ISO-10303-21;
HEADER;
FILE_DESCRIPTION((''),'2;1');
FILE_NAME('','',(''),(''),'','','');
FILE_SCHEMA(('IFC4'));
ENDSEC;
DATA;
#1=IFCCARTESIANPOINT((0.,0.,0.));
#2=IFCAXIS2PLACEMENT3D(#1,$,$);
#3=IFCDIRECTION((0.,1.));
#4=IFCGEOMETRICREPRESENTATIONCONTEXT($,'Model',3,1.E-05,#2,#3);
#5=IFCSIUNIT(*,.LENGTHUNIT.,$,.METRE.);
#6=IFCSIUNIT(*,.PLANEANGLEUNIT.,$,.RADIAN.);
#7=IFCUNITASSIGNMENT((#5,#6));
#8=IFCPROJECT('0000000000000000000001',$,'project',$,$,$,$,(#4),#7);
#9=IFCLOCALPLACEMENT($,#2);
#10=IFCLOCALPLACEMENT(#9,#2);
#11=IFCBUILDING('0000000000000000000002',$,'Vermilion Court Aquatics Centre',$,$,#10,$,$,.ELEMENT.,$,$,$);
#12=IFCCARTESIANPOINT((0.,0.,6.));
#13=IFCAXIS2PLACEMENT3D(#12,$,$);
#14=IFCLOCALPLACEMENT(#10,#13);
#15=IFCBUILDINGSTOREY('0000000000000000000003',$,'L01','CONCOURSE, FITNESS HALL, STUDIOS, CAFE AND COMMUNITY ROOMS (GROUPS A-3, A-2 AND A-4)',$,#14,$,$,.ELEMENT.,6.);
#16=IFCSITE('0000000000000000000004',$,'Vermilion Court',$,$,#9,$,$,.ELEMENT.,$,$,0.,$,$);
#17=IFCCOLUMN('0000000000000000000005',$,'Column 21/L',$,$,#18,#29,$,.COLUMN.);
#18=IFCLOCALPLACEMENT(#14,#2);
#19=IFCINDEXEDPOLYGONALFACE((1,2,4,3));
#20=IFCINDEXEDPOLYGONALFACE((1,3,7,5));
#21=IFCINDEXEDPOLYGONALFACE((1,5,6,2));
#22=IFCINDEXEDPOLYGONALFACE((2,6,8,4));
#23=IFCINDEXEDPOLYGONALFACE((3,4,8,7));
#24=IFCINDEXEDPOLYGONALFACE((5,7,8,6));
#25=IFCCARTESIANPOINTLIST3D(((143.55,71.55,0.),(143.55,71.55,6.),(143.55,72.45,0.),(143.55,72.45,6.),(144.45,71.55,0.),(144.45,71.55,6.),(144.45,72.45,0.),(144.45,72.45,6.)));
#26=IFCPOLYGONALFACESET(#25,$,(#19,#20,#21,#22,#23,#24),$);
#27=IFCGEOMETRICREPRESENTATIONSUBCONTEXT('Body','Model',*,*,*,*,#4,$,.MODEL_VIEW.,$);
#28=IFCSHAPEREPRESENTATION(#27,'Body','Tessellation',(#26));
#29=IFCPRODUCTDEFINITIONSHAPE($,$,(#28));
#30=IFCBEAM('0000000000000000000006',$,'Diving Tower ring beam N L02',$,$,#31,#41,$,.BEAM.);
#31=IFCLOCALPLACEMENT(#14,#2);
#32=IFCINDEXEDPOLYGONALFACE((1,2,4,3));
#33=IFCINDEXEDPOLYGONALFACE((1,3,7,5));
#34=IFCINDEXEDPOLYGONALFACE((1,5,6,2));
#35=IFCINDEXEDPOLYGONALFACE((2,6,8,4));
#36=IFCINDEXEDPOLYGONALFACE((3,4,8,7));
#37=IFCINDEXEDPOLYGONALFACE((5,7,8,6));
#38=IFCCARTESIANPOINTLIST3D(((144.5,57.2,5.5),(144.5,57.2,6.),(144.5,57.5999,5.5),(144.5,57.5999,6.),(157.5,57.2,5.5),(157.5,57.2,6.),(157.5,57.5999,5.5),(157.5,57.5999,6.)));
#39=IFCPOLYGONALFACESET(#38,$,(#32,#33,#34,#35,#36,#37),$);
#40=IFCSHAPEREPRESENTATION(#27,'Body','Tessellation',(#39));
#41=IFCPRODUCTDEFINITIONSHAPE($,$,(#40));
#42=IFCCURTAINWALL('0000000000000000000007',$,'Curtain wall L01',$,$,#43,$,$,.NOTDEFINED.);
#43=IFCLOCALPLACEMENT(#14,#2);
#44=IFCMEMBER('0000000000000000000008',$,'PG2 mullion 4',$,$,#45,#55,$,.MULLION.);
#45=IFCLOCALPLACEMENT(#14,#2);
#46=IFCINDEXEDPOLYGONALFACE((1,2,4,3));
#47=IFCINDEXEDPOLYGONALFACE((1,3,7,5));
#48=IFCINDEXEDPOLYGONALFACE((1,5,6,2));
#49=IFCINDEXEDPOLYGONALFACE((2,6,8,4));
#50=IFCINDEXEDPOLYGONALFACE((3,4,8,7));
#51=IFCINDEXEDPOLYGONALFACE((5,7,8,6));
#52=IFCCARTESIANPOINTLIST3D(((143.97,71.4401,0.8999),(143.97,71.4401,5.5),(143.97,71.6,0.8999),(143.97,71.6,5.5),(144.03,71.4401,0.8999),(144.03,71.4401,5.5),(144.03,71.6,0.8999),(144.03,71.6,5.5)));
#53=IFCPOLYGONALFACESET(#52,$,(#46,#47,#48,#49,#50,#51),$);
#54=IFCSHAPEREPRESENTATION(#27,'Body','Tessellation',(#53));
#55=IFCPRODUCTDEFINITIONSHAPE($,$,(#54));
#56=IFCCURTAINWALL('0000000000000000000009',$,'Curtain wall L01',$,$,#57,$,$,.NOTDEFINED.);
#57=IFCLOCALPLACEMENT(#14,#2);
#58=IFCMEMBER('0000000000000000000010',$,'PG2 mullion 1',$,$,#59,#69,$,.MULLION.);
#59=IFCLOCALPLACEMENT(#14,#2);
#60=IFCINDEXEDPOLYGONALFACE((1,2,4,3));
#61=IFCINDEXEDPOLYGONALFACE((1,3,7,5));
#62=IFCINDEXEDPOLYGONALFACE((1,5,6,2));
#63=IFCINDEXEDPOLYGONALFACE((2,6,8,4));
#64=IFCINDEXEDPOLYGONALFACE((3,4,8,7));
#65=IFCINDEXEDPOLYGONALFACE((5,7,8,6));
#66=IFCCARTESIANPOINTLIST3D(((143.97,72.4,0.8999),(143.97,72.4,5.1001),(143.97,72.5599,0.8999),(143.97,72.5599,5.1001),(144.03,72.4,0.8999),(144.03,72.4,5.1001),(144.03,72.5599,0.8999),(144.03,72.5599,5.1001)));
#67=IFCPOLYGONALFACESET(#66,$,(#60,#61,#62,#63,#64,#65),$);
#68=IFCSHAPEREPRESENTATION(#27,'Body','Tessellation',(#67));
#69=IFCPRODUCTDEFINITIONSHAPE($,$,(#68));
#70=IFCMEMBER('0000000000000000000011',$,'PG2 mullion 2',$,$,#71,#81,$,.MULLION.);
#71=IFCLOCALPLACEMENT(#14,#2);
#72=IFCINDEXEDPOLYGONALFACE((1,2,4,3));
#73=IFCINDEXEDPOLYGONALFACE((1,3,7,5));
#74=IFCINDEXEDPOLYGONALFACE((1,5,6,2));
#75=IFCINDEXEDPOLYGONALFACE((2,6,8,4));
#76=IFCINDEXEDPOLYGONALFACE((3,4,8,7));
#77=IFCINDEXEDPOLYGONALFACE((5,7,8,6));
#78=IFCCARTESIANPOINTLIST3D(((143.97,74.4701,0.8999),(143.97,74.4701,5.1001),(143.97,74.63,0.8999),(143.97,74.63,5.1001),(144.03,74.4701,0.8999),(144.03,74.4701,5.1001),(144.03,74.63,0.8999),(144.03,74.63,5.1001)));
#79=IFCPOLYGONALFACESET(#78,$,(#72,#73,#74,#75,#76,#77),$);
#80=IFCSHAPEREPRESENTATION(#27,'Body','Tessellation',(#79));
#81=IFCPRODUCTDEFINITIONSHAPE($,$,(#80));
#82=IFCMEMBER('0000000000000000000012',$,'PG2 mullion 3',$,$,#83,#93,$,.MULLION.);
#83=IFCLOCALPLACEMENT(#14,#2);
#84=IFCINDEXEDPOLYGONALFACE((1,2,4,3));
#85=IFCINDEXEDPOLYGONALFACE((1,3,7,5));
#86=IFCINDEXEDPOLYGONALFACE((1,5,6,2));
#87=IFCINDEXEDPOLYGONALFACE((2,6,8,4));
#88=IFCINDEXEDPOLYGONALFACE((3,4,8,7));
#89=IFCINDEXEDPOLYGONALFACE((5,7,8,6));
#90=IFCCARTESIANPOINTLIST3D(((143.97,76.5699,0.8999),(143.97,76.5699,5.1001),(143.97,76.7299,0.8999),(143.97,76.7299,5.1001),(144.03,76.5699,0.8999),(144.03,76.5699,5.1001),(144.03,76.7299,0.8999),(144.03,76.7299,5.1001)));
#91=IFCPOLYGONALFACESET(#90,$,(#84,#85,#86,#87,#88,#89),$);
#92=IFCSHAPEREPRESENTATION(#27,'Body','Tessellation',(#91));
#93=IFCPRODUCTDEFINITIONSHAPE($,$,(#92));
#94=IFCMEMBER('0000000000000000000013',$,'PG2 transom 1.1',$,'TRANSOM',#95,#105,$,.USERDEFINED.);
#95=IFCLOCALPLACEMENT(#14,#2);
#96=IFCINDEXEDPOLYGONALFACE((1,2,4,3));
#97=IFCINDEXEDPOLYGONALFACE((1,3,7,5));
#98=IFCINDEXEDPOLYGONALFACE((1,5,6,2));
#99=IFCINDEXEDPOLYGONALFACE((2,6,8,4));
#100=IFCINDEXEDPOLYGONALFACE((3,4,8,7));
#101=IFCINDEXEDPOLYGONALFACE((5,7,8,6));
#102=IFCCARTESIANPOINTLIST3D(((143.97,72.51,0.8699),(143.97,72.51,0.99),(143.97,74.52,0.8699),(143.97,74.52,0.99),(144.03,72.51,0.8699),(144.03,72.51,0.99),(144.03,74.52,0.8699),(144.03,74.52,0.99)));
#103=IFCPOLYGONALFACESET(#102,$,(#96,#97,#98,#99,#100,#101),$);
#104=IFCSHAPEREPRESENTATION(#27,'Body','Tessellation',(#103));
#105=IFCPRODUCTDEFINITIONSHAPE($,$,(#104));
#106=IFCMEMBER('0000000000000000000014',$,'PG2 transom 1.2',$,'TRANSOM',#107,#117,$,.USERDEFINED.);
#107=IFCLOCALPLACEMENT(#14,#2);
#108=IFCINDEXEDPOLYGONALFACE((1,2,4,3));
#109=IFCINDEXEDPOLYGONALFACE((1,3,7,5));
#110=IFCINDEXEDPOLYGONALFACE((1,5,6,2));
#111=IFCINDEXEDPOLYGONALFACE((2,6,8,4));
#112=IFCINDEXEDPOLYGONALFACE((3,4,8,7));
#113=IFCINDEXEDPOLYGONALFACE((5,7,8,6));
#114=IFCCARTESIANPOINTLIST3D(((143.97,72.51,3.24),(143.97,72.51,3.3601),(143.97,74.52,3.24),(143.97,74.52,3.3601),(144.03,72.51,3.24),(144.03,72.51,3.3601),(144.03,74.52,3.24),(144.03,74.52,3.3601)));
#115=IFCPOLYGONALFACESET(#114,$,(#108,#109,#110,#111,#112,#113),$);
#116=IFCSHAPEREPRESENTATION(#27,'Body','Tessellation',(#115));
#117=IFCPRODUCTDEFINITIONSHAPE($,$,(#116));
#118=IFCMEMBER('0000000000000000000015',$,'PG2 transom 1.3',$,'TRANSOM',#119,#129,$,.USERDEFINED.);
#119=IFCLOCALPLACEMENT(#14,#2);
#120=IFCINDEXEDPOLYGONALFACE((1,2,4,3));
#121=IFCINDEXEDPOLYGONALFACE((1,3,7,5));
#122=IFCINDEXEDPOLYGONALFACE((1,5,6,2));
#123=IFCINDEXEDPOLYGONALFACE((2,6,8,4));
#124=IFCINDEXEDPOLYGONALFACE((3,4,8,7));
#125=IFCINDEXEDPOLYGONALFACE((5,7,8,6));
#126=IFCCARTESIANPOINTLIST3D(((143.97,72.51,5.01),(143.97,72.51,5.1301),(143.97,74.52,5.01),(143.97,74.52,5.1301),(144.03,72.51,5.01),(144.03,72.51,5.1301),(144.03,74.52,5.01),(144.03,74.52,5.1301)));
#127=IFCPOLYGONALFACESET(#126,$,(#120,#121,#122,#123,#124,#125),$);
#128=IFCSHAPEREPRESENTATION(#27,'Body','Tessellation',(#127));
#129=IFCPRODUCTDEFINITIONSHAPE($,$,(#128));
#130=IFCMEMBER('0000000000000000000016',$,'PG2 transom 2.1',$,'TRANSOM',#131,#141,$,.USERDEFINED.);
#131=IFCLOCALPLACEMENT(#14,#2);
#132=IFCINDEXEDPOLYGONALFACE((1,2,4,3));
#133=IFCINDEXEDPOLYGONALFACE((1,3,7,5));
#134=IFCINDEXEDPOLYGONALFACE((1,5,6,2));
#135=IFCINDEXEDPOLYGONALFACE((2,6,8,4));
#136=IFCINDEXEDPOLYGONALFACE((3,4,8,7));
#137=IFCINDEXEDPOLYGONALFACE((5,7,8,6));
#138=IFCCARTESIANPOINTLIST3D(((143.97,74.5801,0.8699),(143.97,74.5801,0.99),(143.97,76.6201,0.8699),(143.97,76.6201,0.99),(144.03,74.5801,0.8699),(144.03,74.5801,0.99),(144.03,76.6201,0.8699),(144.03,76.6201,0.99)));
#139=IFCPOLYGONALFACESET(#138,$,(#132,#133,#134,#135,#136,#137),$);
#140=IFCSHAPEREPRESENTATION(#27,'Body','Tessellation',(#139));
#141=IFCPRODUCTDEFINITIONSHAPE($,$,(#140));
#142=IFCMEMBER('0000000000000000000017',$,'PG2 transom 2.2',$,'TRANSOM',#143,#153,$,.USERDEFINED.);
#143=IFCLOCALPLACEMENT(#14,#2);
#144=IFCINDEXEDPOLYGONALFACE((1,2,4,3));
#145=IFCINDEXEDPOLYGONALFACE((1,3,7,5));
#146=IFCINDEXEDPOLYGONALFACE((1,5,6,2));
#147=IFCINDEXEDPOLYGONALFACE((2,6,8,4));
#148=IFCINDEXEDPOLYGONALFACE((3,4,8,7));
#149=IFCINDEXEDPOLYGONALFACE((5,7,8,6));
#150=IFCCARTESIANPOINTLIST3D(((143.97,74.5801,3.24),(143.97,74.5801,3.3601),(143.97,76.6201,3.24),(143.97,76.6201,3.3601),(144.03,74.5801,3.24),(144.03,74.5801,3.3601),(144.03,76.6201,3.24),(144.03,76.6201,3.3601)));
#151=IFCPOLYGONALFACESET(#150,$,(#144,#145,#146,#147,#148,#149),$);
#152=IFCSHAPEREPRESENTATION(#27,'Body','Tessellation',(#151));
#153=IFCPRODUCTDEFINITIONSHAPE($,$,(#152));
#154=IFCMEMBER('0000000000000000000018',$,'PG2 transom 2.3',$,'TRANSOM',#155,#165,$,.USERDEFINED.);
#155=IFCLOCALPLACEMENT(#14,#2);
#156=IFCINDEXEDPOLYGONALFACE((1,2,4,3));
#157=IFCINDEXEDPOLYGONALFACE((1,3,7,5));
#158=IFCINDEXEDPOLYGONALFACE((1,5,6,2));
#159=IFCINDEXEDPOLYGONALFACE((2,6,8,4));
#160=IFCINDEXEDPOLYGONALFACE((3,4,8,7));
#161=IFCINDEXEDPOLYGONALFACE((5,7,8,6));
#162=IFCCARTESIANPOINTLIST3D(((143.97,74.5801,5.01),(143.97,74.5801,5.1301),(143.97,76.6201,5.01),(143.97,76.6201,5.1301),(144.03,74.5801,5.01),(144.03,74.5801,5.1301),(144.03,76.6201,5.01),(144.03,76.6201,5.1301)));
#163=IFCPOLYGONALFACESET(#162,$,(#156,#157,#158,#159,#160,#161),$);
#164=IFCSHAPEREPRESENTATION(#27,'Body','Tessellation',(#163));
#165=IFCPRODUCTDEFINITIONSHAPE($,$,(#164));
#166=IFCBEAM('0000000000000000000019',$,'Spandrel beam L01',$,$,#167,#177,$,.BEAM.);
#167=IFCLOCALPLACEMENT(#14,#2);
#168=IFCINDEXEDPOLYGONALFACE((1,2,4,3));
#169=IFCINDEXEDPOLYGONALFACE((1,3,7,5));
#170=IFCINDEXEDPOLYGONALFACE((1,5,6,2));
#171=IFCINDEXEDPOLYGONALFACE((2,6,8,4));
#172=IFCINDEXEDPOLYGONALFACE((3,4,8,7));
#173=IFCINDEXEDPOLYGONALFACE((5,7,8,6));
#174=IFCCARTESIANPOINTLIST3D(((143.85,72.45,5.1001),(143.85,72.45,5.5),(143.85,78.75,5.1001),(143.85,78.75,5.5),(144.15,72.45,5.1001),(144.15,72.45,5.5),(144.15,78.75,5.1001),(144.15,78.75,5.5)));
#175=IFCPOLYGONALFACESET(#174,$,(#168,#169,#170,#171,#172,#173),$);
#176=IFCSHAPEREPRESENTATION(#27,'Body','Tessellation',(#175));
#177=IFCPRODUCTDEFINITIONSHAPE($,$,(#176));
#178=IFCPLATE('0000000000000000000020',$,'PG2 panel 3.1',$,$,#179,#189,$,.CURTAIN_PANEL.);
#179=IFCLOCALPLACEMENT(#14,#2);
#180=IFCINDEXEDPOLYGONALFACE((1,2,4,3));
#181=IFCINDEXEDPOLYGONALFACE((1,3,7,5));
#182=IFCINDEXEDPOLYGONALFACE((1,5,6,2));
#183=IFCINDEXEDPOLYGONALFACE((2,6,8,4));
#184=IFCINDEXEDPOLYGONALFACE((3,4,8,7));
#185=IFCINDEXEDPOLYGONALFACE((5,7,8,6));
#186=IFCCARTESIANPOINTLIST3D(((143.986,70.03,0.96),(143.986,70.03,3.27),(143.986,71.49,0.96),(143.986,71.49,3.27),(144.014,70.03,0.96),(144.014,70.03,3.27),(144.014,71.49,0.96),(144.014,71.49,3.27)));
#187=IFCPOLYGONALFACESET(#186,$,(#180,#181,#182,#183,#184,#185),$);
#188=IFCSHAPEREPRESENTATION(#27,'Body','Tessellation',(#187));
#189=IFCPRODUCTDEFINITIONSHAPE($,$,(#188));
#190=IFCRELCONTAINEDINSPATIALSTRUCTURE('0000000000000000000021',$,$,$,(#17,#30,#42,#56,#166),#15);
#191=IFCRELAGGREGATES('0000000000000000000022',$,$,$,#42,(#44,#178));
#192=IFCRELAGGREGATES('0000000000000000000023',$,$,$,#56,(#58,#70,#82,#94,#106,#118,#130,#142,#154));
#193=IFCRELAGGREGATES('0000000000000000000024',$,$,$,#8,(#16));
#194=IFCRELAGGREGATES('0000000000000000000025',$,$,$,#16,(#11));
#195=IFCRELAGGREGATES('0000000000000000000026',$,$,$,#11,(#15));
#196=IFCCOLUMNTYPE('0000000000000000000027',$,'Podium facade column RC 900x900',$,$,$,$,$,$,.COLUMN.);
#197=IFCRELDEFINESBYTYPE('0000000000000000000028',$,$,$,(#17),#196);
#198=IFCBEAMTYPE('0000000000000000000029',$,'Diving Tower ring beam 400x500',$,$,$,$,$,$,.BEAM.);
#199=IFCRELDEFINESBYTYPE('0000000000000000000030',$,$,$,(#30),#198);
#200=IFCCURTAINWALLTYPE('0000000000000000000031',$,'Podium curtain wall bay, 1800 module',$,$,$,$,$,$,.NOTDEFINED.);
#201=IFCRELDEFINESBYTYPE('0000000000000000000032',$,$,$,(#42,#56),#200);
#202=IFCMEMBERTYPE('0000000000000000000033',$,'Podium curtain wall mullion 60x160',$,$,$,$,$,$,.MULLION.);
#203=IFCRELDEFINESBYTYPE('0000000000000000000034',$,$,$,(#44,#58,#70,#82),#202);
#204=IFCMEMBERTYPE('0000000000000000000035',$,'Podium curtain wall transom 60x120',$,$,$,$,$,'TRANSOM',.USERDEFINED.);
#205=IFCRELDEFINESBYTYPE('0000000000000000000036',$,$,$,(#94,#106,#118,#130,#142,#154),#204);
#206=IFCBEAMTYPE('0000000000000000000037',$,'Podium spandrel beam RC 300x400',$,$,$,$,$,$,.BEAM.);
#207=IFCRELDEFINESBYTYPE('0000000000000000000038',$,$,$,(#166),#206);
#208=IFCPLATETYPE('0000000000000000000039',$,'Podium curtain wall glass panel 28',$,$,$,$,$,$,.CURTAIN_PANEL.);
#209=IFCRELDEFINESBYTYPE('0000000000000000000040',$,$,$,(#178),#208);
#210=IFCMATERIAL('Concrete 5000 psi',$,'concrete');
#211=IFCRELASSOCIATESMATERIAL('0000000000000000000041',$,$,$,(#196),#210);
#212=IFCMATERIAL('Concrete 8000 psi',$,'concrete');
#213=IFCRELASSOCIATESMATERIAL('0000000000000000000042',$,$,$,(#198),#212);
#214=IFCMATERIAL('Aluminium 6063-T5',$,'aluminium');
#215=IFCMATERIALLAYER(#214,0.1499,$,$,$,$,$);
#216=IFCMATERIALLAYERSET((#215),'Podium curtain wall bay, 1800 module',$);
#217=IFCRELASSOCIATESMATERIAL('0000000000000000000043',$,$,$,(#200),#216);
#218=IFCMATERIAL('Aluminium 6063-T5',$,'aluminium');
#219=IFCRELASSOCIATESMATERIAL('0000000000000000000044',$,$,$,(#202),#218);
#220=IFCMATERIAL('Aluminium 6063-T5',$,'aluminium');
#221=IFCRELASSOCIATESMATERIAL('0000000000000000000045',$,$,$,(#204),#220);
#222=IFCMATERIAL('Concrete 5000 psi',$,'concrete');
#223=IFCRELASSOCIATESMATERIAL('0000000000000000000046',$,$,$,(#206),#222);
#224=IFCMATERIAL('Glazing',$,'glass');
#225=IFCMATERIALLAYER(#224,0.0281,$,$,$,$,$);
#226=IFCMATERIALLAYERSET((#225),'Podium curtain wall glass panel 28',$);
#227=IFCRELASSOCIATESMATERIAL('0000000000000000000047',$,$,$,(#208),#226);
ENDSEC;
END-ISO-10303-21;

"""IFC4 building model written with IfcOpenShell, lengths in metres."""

from ifc_helpers import new_model, si_unit, direction, frame, origin, origin_2d, place, context, subcontext, project, spatial, rectangle, extrude, material, layer, layer_set, material_profile, profile_set, type_object, element, aggregate, save


model = new_model("IFC4")

# Units and contexts
model_context = context("Model", 3, precision=1e-05, world=origin(), true_north=direction((0.0, 1.0)))
body_context = subcontext(model_context, "Body", "Model", "MODEL_VIEW")
ifc_project = project(units=[si_unit("LENGTHUNIT", "METRE"), si_unit("PLANEANGLEUNIT", "RADIAN")], contexts=[model_context])

# Site, building, storey
site_placement = place(None, origin())
site = spatial("IfcSite", under=ifc_project, at=site_placement, Name="Vermilion Court", CompositionType="ELEMENT", RefElevation=0.0)
building_placement = place(site_placement, origin())
building = spatial("IfcBuilding", under=site, at=building_placement, Name="Vermilion Court Aquatics Centre", CompositionType="ELEMENT")
storey_placement = place(building_placement, frame((0.0, 0.0, 6.0)))
storey = spatial("IfcBuildingStorey", under=building, at=storey_placement, Name="L01", Description="CONCOURSE, FITNESS HALL, STUDIOS, CAFE AND COMMUNITY ROOMS (GROUPS A-3, A-2 AND A-4)", CompositionType="ELEMENT", Elevation=6.0)

# Column
ifc_material_1 = material(Name="Concrete 5000 psi", Category="concrete")
ifc_material_profile_1 = material_profile(ifc_material_1, rectangle(XDim=0.8999, YDim=0.8999, at=origin_2d()), Name="RC 900x900")
ifc_profile_set_1 = profile_set([ifc_material_profile_1], Name="Concrete 5000 psi")
column_type = type_object("IfcColumnType", Name="Podium facade column RC 900x900", PredefinedType="COLUMN", material=ifc_profile_set_1)
column_placement = place(storey_placement, frame((144.0, 72.0, 0.0), z_axis=(0.0, 0.0, 1.0), x_axis=(1.0, 0.0, 0.0)))
element("IfcColumn", 1, at=column_placement, inside=storey, type_object=column_type, Name="Column 21/L", PredefinedType="COLUMN", context=body_context, shape_type="SweptSolid", body=[
    extrude(rectangle(XDim=0.8999, YDim=0.8999, at=origin_2d()), origin(), (0.0, 0.0, 1.0), 6.0),
])

# Beam
ifc_material_2 = material(Name="Concrete 8000 psi", Category="concrete")
ifc_material_profile_2 = material_profile(ifc_material_2, rectangle(XDim=0.3999, YDim=0.5, at=origin_2d()), Name="RC 400x500")
ifc_profile_set_2 = profile_set([ifc_material_profile_2], Name="Concrete 8000 psi")
beam_type_1 = type_object("IfcBeamType", Name="Diving Tower ring beam 400x500", PredefinedType="BEAM", material=ifc_profile_set_2)
beam_1_placement = place(storey_placement, frame((144.5, 57.3999, 5.75), z_axis=(1.0, 0.0, 0.0), x_axis=(0.0, 1.0, 0.0)))
element("IfcBeam", 2, at=beam_1_placement, inside=storey, type_object=beam_type_1, Name="Diving Tower ring beam N L02", PredefinedType="BEAM", context=body_context, shape_type="SweptSolid", body=[
    extrude(rectangle(XDim=0.3999, YDim=0.5, at=origin_2d()), origin(), (0.0, 0.0, 1.0), 13.0),
])

# Curtain wall, member
ifc_material_3 = material(Name="Aluminium 6063-T5", Category="aluminium")
ifc_layer_1 = layer(ifc_material_3, 0.1499)
ifc_layer_set_1 = layer_set([ifc_layer_1], Name="Podium curtain wall bay, 1800 module")
curtain_wall_type = type_object("IfcCurtainWallType", Name="Podium curtain wall bay, 1800 module", PredefinedType="NOTDEFINED", material=ifc_layer_set_1)
curtain_wall_1_placement = place(storey_placement, origin())
curtain_wall_1 = element("IfcCurtainWall", 3, at=curtain_wall_1_placement, inside=storey, type_object=curtain_wall_type, Name="Curtain wall L01", PredefinedType="NOTDEFINED")
ifc_material_4 = material(Name="Aluminium 6063-T5", Category="aluminium")
ifc_material_profile_3 = material_profile(ifc_material_4, rectangle(XDim=0.0601, YDim=0.1599, at=origin_2d()), Name="Mullion 60x160")
ifc_profile_set_3 = profile_set([ifc_material_profile_3], Name="Aluminium 6063-T5")
member_type_1 = type_object("IfcMemberType", Name="Podium curtain wall mullion 60x160", PredefinedType="MULLION", material=ifc_profile_set_3)
member_1_placement = place(storey_placement, frame((144.0, 71.52, 0.8999), z_axis=(0.0, 0.0, 1.0), x_axis=(-1.0, 0.0, 0.0)))
member_1 = element("IfcMember", 4, at=member_1_placement, type_object=member_type_1, Name="PG2 mullion 4", PredefinedType="MULLION", context=body_context, shape_type="SweptSolid", body=[
    extrude(rectangle(XDim=0.0601, YDim=0.1599, at=origin_2d()), origin(), (0.0, 0.0, 1.0), 4.6001),
])

# Curtain wall, members
curtain_wall_2_placement = place(storey_placement, origin())
curtain_wall_2 = element("IfcCurtainWall", 5, at=curtain_wall_2_placement, inside=storey, type_object=curtain_wall_type, Name="Curtain wall L01", PredefinedType="NOTDEFINED")
member_2_placement = place(storey_placement, frame((144.0, 72.48, 0.8999), z_axis=(0.0, 0.0, 1.0), x_axis=(-1.0, 0.0, 0.0)))
member_2 = element("IfcMember", 6, at=member_2_placement, type_object=member_type_1, Name="PG2 mullion 1", PredefinedType="MULLION", context=body_context, shape_type="SweptSolid", body=[
    extrude(rectangle(XDim=0.0601, YDim=0.1599, at=origin_2d()), origin(), (0.0, 0.0, 1.0), 4.2002),
])
member_3_placement = place(storey_placement, frame((144.0, 74.55, 0.8999), z_axis=(0.0, 0.0, 1.0), x_axis=(-1.0, 0.0, 0.0)))
member_3 = element("IfcMember", 7, at=member_3_placement, type_object=member_type_1, Name="PG2 mullion 2", PredefinedType="MULLION", context=body_context, shape_type="SweptSolid", body=[
    extrude(rectangle(XDim=0.0601, YDim=0.1599, at=origin_2d()), origin(), (0.0, 0.0, 1.0), 4.2002),
])
member_4_placement = place(storey_placement, frame((144.0, 76.6499, 0.8999), z_axis=(0.0, 0.0, 1.0), x_axis=(-1.0, 0.0, 0.0)))
member_4 = element("IfcMember", 8, at=member_4_placement, type_object=member_type_1, Name="PG2 mullion 3", PredefinedType="MULLION", context=body_context, shape_type="SweptSolid", body=[
    extrude(rectangle(XDim=0.0601, YDim=0.1599, at=origin_2d()), origin(), (0.0, 0.0, 1.0), 4.2002),
])
ifc_material_5 = material(Name="Aluminium 6063-T5", Category="aluminium")
ifc_material_profile_4 = material_profile(ifc_material_5, rectangle(XDim=0.0601, YDim=0.1201, at=origin_2d()), Name="Transom 60x120")
ifc_profile_set_4 = profile_set([ifc_material_profile_4], Name="Aluminium 6063-T5")
member_type_2 = type_object("IfcMemberType", Name="Podium curtain wall transom 60x120", ElementType="TRANSOM", PredefinedType="USERDEFINED", material=ifc_profile_set_4)
member_5_placement = place(storey_placement, frame((144.0, 72.51, 0.9299), z_axis=(0.0, 1.0, 0.0), x_axis=(-1.0, 0.0, 0.0)))
member_5 = element("IfcMember", 9, at=member_5_placement, type_object=member_type_2, Name="PG2 transom 1.1", ObjectType="TRANSOM", PredefinedType="USERDEFINED", context=body_context, shape_type="SweptSolid", body=[
    extrude(rectangle(XDim=0.0601, YDim=0.1201, at=origin_2d()), origin(), (0.0, 0.0, 1.0), 2.01),
])
member_6_placement = place(storey_placement, frame((144.0, 72.51, 3.3), z_axis=(0.0, 1.0, 0.0), x_axis=(-1.0, 0.0, 0.0)))
member_6 = element("IfcMember", 10, at=member_6_placement, type_object=member_type_2, Name="PG2 transom 1.2", ObjectType="TRANSOM", PredefinedType="USERDEFINED", context=body_context, shape_type="SweptSolid", body=[
    extrude(rectangle(XDim=0.0601, YDim=0.1201, at=origin_2d()), origin(), (0.0, 0.0, 1.0), 2.01),
])
member_7_placement = place(storey_placement, frame((144.0, 72.51, 5.0701), z_axis=(0.0, 1.0, 0.0), x_axis=(-1.0, 0.0, 0.0)))
member_7 = element("IfcMember", 11, at=member_7_placement, type_object=member_type_2, Name="PG2 transom 1.3", ObjectType="TRANSOM", PredefinedType="USERDEFINED", context=body_context, shape_type="SweptSolid", body=[
    extrude(rectangle(XDim=0.0601, YDim=0.1201, at=origin_2d()), origin(), (0.0, 0.0, 1.0), 2.01),
])
member_8_placement = place(storey_placement, frame((144.0, 74.5801, 0.9299), z_axis=(0.0, 1.0, 0.0), x_axis=(-1.0, 0.0, 0.0)))
member_8 = element("IfcMember", 12, at=member_8_placement, type_object=member_type_2, Name="PG2 transom 2.1", ObjectType="TRANSOM", PredefinedType="USERDEFINED", context=body_context, shape_type="SweptSolid", body=[
    extrude(rectangle(XDim=0.0601, YDim=0.1201, at=origin_2d()), origin(), (0.0, 0.0, 1.0), 2.04),
])
member_9_placement = place(storey_placement, frame((144.0, 74.5801, 3.3), z_axis=(0.0, 1.0, 0.0), x_axis=(-1.0, 0.0, 0.0)))
member_9 = element("IfcMember", 13, at=member_9_placement, type_object=member_type_2, Name="PG2 transom 2.2", ObjectType="TRANSOM", PredefinedType="USERDEFINED", context=body_context, shape_type="SweptSolid", body=[
    extrude(rectangle(XDim=0.0601, YDim=0.1201, at=origin_2d()), origin(), (0.0, 0.0, 1.0), 2.04),
])
member_10_placement = place(storey_placement, frame((144.0, 74.5801, 5.0701), z_axis=(0.0, 1.0, 0.0), x_axis=(-1.0, 0.0, 0.0)))
member_10 = element("IfcMember", 14, at=member_10_placement, type_object=member_type_2, Name="PG2 transom 2.3", ObjectType="TRANSOM", PredefinedType="USERDEFINED", context=body_context, shape_type="SweptSolid", body=[
    extrude(rectangle(XDim=0.0601, YDim=0.1201, at=origin_2d()), origin(), (0.0, 0.0, 1.0), 2.04),
])

# Beam
ifc_material_6 = material(Name="Concrete 5000 psi", Category="concrete")
ifc_material_profile_5 = material_profile(ifc_material_6, rectangle(XDim=0.3, YDim=0.3999, at=origin_2d()), Name="RC 300x400")
ifc_profile_set_5 = profile_set([ifc_material_profile_5], Name="Concrete 5000 psi")
beam_type_2 = type_object("IfcBeamType", Name="Podium spandrel beam RC 300x400", PredefinedType="BEAM", material=ifc_profile_set_5)
beam_2_placement = place(storey_placement, frame((144.0, 72.45, 5.3), z_axis=(0.0, 1.0, 0.0), x_axis=(-1.0, 0.0, 0.0)))
element("IfcBeam", 15, at=beam_2_placement, inside=storey, type_object=beam_type_2, Name="Spandrel beam L01", PredefinedType="BEAM", context=body_context, shape_type="SweptSolid", body=[
    extrude(rectangle(XDim=0.3, YDim=0.3999, at=origin_2d()), origin(), (0.0, 0.0, 1.0), 6.3),
])

# Plate
ifc_material_7 = material(Name="Glazing", Category="glass")
ifc_layer_2 = layer(ifc_material_7, 0.0281)
ifc_layer_set_2 = layer_set([ifc_layer_2], Name="Podium curtain wall glass panel 28")
plate_type = type_object("IfcPlateType", Name="Podium curtain wall glass panel 28", PredefinedType="CURTAIN_PANEL", material=ifc_layer_set_2)
plate_1_placement = place(storey_placement, frame((144.0, 70.76, 0.96), z_axis=(0.0, 0.0, 1.0), x_axis=(0.0, 1.0, 0.0)))
plate_1 = element("IfcPlate", 16, at=plate_1_placement, type_object=plate_type, Name="PG2 panel 3.1", PredefinedType="CURTAIN_PANEL", context=body_context, shape_type="SweptSolid", body=[
    extrude(rectangle(XDim=1.46, YDim=0.0281, at=origin_2d()), origin(), (0.0, 0.0, 1.0), 2.3101),
])
aggregate(curtain_wall_1, [member_1, plate_1])
aggregate(curtain_wall_2, [member_2, member_3, member_4, member_5, member_6, member_7, member_8, member_9, member_10])

save(model, "model.ifc")
